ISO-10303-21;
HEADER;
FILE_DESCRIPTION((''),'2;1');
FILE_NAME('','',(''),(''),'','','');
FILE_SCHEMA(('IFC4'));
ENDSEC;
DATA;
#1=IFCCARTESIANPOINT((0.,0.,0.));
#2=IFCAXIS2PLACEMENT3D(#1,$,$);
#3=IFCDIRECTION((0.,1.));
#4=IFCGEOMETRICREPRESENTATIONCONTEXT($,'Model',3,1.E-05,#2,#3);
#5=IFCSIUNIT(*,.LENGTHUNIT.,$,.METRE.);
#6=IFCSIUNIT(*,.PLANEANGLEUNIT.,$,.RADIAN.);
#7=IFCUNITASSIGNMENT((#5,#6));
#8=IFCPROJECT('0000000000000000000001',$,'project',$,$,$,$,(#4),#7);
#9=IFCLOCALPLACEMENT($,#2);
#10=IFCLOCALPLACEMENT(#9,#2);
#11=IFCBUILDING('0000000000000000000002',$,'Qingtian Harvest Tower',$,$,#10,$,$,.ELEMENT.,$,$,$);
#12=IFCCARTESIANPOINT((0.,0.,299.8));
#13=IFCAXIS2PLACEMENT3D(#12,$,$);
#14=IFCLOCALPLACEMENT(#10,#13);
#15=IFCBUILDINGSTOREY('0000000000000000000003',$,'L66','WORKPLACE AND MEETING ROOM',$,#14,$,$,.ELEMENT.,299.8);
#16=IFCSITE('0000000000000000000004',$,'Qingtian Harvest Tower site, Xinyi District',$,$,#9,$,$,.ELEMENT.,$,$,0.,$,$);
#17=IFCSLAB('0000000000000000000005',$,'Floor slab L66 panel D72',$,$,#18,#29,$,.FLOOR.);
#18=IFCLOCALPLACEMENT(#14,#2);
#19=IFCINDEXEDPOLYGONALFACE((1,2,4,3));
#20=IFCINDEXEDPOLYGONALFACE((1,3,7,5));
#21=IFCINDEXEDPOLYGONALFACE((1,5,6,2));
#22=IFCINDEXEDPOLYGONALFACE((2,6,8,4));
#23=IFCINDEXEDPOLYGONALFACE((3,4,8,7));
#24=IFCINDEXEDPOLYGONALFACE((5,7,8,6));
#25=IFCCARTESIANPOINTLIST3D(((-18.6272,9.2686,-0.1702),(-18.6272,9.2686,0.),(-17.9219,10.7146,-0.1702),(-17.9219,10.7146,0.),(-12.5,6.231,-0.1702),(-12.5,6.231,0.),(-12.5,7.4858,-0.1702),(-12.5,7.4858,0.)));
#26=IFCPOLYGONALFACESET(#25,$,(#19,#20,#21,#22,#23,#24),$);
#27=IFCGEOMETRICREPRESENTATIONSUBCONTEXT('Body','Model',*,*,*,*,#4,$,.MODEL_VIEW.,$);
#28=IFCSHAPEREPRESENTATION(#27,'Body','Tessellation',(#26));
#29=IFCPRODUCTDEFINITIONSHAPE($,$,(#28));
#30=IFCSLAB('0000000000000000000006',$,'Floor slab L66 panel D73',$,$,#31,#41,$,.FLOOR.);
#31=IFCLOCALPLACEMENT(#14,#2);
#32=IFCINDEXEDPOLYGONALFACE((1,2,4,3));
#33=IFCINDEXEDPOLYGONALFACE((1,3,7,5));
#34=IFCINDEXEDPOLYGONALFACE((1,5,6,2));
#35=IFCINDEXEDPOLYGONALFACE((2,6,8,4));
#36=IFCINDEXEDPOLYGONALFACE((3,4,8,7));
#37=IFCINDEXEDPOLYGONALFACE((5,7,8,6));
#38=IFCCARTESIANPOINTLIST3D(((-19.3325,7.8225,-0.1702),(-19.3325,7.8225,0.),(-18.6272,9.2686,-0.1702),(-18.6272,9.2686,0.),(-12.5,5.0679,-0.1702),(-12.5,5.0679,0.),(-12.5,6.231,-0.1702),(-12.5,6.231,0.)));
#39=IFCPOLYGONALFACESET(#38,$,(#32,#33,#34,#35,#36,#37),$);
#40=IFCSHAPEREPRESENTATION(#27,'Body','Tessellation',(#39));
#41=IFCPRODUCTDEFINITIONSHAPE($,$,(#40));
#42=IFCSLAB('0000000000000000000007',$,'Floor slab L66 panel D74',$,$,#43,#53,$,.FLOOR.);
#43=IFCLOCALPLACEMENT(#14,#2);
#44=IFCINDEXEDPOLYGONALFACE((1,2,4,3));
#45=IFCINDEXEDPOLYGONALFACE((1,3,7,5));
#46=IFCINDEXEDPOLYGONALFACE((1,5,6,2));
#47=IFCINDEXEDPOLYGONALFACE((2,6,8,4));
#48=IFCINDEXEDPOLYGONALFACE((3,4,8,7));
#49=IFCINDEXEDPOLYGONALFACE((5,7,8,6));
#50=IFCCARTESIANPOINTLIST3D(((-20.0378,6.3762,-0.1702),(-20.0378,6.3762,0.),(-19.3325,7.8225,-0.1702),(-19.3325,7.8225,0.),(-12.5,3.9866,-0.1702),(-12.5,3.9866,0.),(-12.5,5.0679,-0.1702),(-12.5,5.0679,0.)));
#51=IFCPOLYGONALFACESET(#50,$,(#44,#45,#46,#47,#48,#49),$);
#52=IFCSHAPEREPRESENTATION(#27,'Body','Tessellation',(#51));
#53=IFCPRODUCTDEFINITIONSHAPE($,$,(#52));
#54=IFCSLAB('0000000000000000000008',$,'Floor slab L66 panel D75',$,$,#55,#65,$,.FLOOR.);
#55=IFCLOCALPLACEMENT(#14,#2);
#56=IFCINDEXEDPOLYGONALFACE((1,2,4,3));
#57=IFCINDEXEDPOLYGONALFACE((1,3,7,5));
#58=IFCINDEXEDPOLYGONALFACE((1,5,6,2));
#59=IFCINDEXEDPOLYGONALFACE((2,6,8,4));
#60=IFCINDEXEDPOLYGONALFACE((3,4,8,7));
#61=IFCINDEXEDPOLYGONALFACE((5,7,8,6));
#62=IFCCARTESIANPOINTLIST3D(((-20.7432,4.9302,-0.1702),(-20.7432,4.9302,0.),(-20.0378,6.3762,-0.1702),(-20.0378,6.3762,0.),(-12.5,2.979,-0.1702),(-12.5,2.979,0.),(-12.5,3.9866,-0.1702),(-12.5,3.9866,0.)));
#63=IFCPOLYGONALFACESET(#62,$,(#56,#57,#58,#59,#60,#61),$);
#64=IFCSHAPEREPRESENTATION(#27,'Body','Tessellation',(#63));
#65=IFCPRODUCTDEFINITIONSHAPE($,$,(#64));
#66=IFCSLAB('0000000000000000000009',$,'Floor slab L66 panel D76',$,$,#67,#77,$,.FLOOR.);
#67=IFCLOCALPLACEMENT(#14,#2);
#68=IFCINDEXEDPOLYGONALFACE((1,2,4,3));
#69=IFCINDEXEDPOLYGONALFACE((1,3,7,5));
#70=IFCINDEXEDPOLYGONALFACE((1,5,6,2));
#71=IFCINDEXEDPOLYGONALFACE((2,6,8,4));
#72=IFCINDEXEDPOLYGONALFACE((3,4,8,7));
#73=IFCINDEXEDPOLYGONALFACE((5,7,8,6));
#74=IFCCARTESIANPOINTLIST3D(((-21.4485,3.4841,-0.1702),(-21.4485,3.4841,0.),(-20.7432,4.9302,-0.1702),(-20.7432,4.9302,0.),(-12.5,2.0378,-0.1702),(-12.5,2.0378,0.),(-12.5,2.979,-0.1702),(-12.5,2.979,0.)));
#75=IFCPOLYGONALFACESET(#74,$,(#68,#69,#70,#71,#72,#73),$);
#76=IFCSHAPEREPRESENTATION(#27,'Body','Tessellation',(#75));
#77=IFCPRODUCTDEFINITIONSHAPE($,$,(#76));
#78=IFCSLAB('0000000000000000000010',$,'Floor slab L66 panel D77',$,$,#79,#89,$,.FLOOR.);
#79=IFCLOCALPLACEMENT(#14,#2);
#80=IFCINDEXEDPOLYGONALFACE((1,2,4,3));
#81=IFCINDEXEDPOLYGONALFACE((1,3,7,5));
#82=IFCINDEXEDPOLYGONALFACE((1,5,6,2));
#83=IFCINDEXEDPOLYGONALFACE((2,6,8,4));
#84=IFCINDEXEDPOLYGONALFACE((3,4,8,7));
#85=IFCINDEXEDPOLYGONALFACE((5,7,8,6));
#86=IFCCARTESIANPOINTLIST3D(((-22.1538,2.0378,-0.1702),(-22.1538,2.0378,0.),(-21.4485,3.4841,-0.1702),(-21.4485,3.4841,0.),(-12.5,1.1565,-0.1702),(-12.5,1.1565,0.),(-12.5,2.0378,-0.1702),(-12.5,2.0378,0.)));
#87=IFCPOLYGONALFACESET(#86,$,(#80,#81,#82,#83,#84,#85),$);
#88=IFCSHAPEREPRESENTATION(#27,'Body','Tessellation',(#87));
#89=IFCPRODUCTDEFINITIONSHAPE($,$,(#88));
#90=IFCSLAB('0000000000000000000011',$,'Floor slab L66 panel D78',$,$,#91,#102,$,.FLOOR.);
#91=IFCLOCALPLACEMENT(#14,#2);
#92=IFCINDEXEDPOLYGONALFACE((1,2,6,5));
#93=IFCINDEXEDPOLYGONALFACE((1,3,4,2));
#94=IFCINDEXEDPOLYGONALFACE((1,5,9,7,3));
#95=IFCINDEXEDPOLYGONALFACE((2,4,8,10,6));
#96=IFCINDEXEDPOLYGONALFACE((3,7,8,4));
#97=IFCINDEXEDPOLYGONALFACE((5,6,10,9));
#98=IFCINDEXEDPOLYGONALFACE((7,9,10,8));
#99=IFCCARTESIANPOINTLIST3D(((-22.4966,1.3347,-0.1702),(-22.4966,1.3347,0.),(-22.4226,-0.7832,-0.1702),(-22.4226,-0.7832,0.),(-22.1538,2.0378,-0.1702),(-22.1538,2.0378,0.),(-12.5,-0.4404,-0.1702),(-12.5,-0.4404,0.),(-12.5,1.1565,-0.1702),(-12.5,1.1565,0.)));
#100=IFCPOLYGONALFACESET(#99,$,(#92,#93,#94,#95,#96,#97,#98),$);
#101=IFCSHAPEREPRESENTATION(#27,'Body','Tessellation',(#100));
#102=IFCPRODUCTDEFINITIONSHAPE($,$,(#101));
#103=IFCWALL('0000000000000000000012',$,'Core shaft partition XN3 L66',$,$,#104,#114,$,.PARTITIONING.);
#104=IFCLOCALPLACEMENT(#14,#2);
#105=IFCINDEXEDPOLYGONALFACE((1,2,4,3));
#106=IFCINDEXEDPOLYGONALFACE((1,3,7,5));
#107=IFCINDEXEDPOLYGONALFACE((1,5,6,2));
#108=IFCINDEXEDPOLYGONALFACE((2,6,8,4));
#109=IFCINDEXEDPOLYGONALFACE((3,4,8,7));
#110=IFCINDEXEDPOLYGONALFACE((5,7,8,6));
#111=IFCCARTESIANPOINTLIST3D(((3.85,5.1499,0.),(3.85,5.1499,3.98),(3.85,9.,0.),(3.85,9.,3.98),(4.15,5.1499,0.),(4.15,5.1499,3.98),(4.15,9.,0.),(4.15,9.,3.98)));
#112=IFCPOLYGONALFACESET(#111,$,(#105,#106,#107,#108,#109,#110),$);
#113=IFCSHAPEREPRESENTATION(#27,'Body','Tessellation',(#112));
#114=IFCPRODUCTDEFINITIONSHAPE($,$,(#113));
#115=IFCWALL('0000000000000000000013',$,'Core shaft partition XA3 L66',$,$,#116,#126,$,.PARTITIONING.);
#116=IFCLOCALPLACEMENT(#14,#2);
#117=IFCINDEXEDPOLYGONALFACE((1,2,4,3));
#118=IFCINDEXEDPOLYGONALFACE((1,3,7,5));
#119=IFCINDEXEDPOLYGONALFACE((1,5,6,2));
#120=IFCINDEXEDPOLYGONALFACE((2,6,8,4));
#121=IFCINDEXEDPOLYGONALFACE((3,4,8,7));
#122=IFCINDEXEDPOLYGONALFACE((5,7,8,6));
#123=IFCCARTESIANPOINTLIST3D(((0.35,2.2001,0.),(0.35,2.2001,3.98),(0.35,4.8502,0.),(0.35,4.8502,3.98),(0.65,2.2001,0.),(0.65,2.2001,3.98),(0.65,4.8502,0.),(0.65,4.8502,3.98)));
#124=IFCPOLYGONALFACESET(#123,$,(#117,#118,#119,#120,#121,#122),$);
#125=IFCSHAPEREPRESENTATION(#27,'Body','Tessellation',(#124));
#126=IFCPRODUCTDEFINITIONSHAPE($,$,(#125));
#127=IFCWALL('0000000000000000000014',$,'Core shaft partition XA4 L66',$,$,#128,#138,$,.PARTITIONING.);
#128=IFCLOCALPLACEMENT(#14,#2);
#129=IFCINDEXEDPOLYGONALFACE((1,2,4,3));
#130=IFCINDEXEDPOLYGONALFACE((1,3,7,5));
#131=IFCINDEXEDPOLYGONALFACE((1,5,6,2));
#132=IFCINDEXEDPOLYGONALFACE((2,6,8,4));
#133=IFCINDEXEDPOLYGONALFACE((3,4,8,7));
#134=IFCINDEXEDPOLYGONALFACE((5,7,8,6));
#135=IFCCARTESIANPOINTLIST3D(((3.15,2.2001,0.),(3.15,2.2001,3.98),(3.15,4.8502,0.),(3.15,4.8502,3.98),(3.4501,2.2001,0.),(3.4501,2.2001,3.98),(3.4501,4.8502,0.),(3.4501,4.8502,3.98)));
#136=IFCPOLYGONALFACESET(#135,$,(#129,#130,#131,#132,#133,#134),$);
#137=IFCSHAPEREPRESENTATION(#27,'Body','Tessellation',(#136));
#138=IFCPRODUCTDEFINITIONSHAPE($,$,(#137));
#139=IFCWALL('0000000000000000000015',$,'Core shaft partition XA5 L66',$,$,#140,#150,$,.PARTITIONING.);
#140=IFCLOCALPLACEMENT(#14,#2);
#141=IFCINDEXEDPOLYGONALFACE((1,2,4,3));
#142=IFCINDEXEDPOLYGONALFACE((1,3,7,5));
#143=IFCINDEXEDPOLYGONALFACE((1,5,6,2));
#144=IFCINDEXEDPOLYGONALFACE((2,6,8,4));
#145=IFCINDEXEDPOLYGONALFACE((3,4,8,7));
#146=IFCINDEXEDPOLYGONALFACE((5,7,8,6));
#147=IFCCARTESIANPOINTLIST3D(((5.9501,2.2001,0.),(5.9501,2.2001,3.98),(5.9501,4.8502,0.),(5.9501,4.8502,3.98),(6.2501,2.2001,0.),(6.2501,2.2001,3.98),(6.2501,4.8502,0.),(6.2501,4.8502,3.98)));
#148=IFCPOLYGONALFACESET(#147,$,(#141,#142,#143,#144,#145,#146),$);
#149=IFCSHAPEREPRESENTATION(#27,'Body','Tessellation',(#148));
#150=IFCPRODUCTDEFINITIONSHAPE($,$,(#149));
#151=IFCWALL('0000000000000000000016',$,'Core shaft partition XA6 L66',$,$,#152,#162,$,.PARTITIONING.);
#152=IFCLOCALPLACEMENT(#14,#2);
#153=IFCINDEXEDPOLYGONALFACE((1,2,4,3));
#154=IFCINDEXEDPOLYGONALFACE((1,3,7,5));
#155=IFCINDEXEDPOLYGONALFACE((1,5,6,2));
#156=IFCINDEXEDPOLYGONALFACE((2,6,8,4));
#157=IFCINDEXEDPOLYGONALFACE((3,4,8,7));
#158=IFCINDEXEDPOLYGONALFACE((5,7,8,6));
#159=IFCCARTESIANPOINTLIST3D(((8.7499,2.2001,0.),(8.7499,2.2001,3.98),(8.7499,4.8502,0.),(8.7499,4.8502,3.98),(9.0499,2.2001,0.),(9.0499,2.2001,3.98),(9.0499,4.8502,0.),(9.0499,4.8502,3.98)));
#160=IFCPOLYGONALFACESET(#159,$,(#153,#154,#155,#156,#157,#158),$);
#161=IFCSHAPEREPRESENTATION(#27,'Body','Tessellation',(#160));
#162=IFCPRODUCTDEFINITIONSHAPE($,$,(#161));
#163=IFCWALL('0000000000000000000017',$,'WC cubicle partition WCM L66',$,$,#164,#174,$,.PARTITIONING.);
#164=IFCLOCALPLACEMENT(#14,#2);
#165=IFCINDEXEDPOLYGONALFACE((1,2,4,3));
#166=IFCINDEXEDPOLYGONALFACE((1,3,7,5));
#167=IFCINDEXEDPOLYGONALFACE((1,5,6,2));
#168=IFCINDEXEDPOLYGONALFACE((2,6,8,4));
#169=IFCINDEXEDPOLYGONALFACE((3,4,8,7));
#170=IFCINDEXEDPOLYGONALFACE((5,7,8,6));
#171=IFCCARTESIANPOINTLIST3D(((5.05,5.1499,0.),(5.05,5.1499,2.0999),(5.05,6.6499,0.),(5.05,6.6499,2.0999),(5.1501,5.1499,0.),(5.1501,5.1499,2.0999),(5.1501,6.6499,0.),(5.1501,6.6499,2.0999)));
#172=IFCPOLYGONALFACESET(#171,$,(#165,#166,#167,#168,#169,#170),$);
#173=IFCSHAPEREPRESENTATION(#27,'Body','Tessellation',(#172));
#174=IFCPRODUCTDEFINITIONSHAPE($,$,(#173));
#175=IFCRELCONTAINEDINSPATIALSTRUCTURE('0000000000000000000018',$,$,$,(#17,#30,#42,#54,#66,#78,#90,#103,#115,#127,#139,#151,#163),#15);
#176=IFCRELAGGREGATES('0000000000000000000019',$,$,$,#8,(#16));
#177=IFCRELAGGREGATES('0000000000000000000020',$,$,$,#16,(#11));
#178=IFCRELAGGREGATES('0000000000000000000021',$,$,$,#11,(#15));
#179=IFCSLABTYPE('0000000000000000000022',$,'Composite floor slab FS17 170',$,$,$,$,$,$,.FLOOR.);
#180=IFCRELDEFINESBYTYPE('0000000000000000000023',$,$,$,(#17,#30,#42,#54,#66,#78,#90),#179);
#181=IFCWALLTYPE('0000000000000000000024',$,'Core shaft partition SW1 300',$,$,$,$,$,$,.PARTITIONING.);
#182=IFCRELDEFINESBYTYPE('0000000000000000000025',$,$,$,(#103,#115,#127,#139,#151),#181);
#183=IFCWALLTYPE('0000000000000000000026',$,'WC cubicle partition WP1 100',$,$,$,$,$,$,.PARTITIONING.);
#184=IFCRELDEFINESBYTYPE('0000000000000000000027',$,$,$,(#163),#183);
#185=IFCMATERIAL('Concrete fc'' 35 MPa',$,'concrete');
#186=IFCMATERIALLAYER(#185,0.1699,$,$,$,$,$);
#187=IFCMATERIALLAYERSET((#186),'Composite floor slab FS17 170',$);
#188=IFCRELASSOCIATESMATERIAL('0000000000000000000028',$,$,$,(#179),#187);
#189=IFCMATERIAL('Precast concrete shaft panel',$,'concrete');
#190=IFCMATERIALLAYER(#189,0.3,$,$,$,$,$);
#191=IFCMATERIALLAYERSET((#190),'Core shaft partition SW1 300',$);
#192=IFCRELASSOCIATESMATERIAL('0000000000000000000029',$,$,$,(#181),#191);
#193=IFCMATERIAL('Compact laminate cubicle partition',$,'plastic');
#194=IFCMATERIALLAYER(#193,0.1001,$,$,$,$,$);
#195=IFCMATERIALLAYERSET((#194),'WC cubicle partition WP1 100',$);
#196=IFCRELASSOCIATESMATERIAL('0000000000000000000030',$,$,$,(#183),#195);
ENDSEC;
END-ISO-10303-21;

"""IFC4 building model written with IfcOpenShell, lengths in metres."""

from ifc_helpers import new_model, si_unit, direction, frame, frame_2d, origin, place, context, subcontext, project, spatial, polyline, rectangle, outline, extrude, material, layer, layer_set, type_object, element, save


model = new_model("IFC4")

# Units and contexts
model_context = context("Model", 3, precision=1e-05, world=origin(), true_north=direction((0.0, 1.0)))
body_context = subcontext(model_context, "Body", "Model", "MODEL_VIEW")
ifc_project = project(units=[si_unit("LENGTHUNIT", "METRE"), si_unit("PLANEANGLEUNIT", "RADIAN")], contexts=[model_context])

# Site, building, storey
site_placement = place(None, origin())
site = spatial("IfcSite", under=ifc_project, at=site_placement, Name="Qingtian Harvest Tower site, Xinyi District", CompositionType="ELEMENT", RefElevation=0.0)
building_placement = place(site_placement, origin())
building = spatial("IfcBuilding", under=site, at=building_placement, Name="Qingtian Harvest Tower", CompositionType="ELEMENT")
storey_placement = place(building_placement, frame((0.0, 0.0, 299.8)))
storey = spatial("IfcBuildingStorey", under=building, at=storey_placement, Name="L66", Description="WORKPLACE AND MEETING ROOM", CompositionType="ELEMENT", Elevation=299.8)

# Slabs
ifc_material_1 = material(Name="Concrete fc' 35 MPa", Category="concrete")
ifc_layer_1 = layer(ifc_material_1, 0.1699)
ifc_layer_set_1 = layer_set([ifc_layer_1], Name="Composite floor slab FS17 170")
slab_type = type_object("IfcSlabType", Name="Composite floor slab FS17 170", PredefinedType="FLOOR", material=ifc_layer_set_1)
slab_1_placement = place(storey_placement, frame((0.0, 0.0, -0.1702)))
element("IfcSlab", 1, at=slab_1_placement, inside=storey, type_object=slab_type, Name="Floor slab L66 panel D72", PredefinedType="FLOOR", context=body_context, shape_type="SweptSolid", body=[
    extrude(outline(polyline([(-12.5, 6.231), (-18.6272, 9.2686), (-17.9219, 10.7146), (-12.5, 7.4858), (-12.5, 6.231)])), origin(), (0.0, 0.0, 1.0), 0.1702),
])
slab_2_placement = place(storey_placement, frame((0.0, 0.0, -0.1702)))
element("IfcSlab", 2, at=slab_2_placement, inside=storey, type_object=slab_type, Name="Floor slab L66 panel D73", PredefinedType="FLOOR", context=body_context, shape_type="SweptSolid", body=[
    extrude(outline(polyline([(-12.5, 5.0679), (-19.3325, 7.8225), (-18.6272, 9.2686), (-12.5, 6.231), (-12.5, 5.0679)])), origin(), (0.0, 0.0, 1.0), 0.1702),
])
slab_3_placement = place(storey_placement, frame((0.0, 0.0, -0.1702)))
element("IfcSlab", 3, at=slab_3_placement, inside=storey, type_object=slab_type, Name="Floor slab L66 panel D74", PredefinedType="FLOOR", context=body_context, shape_type="SweptSolid", body=[
    extrude(outline(polyline([(-12.5, 3.9866), (-20.0378, 6.3762), (-19.3325, 7.8225), (-12.5, 5.0679), (-12.5, 3.9866)])), origin(), (0.0, 0.0, 1.0), 0.1702),
])
slab_4_placement = place(storey_placement, frame((0.0, 0.0, -0.1702)))
element("IfcSlab", 4, at=slab_4_placement, inside=storey, type_object=slab_type, Name="Floor slab L66 panel D75", PredefinedType="FLOOR", context=body_context, shape_type="SweptSolid", body=[
    extrude(outline(polyline([(-12.5, 2.979), (-20.7432, 4.9302), (-20.0378, 6.3762), (-12.5, 3.9866), (-12.5, 2.979)])), origin(), (0.0, 0.0, 1.0), 0.1702),
])
slab_5_placement = place(storey_placement, frame((0.0, 0.0, -0.1702)))
element("IfcSlab", 5, at=slab_5_placement, inside=storey, type_object=slab_type, Name="Floor slab L66 panel D76", PredefinedType="FLOOR", context=body_context, shape_type="SweptSolid", body=[
    extrude(outline(polyline([(-12.5, 2.0378), (-21.4485, 3.4841), (-20.7432, 4.9302), (-12.5, 2.979), (-12.5, 2.0378)])), origin(), (0.0, 0.0, 1.0), 0.1702),
])
slab_6_placement = place(storey_placement, frame((0.0, 0.0, -0.1702)))
element("IfcSlab", 6, at=slab_6_placement, inside=storey, type_object=slab_type, Name="Floor slab L66 panel D77", PredefinedType="FLOOR", context=body_context, shape_type="SweptSolid", body=[
    extrude(outline(polyline([(-12.5, 1.1565), (-22.1538, 2.0378), (-21.4485, 3.4841), (-12.5, 2.0378), (-12.5, 1.1565)])), origin(), (0.0, 0.0, 1.0), 0.1702),
])
slab_7_placement = place(storey_placement, frame((0.0, 0.0, -0.1702)))
element("IfcSlab", 7, at=slab_7_placement, inside=storey, type_object=slab_type, Name="Floor slab L66 panel D78", PredefinedType="FLOOR", context=body_context, shape_type="SweptSolid", body=[
    extrude(outline(polyline([(-12.5, 1.1565), (-12.5, -0.4404), (-22.4226, -0.7832), (-22.4966, 1.3347), (-22.1538, 2.0378), (-12.5, 1.1565)])), origin(), (0.0, 0.0, 1.0), 0.1702),
])

# Shared definitions
ifc_material_2 = material(Name="Precast concrete shaft panel", Category="concrete")
ifc_layer_2 = layer(ifc_material_2, 0.3)
ifc_layer_set_2 = layer_set([ifc_layer_2], Name="Core shaft partition SW1 300")
wall_type_1 = type_object("IfcWallType", Name="Core shaft partition SW1 300", PredefinedType="PARTITIONING", material=ifc_layer_set_2)

# Walls
wall_1_placement = place(storey_placement, frame((4.0, 5.1499, 0.0), z_axis=(0.0, 0.0, 1.0), x_axis=(0.0, 1.0, 0.0)))
element("IfcWall", 8, at=wall_1_placement, inside=storey, type_object=wall_type_1, Name="Core shaft partition XN3 L66", PredefinedType="PARTITIONING", context=body_context, shape_type="SweptSolid", body=[
    extrude(rectangle(XDim=3.8501, YDim=0.3, at=frame_2d((1.925, 0.0))), origin(), (0.0, 0.0, 1.0), 3.98),
])
for number, where, z_axis, x_axis, name in (
    (9, (0.5, 2.2, 0.0), (0.0, 0.0, 1.0), (0.0, 1.0, 0.0), "Core shaft partition XA3 L66"),
    (10, (3.3, 2.2, 0.0), (0.0, 0.0, 1.0), (0.0, 1.0, 0.0), "Core shaft partition XA4 L66"),
    (11, (6.1001, 2.2, 0.0), (0.0, 0.0, 1.0), (0.0, 1.0, 0.0), "Core shaft partition XA5 L66"),
    (12, (8.8999, 2.2, 0.0), (0.0, 0.0, 1.0), (0.0, 1.0, 0.0), "Core shaft partition XA6 L66"),
):
    element("IfcWall", number, at=place(storey_placement, frame(where, z_axis=z_axis, x_axis=x_axis)), inside=storey, type_object=wall_type_1, Name=name, PredefinedType="PARTITIONING", context=body_context, shape_type="SweptSolid", body=[
        extrude(rectangle(XDim=2.6501, YDim=0.3, at=frame_2d((1.3252, 0.0))), origin(), (0.0, 0.0, 1.0), 3.98),
    ])

# Wall
ifc_material_3 = material(Name="Compact laminate cubicle partition", Category="plastic")
ifc_layer_3 = layer(ifc_material_3, 0.1001)
ifc_layer_set_3 = layer_set([ifc_layer_3], Name="WC cubicle partition WP1 100")
wall_type_2 = type_object("IfcWallType", Name="WC cubicle partition WP1 100", PredefinedType="PARTITIONING", material=ifc_layer_set_3)
wall_2_placement = place(storey_placement, frame((5.1001, 5.1499, 0.0), z_axis=(0.0, 0.0, 1.0), x_axis=(0.0, 1.0, 0.0)))
element("IfcWall", 13, at=wall_2_placement, inside=storey, type_object=wall_type_2, Name="WC cubicle partition WCM L66", PredefinedType="PARTITIONING", context=body_context, shape_type="SweptSolid", body=[
    extrude(rectangle(XDim=1.5, YDim=0.1001, at=frame_2d((0.75, 0.0))), origin(), (0.0, 0.0, 1.0), 2.0999),
])

save(model, "model.ifc")
